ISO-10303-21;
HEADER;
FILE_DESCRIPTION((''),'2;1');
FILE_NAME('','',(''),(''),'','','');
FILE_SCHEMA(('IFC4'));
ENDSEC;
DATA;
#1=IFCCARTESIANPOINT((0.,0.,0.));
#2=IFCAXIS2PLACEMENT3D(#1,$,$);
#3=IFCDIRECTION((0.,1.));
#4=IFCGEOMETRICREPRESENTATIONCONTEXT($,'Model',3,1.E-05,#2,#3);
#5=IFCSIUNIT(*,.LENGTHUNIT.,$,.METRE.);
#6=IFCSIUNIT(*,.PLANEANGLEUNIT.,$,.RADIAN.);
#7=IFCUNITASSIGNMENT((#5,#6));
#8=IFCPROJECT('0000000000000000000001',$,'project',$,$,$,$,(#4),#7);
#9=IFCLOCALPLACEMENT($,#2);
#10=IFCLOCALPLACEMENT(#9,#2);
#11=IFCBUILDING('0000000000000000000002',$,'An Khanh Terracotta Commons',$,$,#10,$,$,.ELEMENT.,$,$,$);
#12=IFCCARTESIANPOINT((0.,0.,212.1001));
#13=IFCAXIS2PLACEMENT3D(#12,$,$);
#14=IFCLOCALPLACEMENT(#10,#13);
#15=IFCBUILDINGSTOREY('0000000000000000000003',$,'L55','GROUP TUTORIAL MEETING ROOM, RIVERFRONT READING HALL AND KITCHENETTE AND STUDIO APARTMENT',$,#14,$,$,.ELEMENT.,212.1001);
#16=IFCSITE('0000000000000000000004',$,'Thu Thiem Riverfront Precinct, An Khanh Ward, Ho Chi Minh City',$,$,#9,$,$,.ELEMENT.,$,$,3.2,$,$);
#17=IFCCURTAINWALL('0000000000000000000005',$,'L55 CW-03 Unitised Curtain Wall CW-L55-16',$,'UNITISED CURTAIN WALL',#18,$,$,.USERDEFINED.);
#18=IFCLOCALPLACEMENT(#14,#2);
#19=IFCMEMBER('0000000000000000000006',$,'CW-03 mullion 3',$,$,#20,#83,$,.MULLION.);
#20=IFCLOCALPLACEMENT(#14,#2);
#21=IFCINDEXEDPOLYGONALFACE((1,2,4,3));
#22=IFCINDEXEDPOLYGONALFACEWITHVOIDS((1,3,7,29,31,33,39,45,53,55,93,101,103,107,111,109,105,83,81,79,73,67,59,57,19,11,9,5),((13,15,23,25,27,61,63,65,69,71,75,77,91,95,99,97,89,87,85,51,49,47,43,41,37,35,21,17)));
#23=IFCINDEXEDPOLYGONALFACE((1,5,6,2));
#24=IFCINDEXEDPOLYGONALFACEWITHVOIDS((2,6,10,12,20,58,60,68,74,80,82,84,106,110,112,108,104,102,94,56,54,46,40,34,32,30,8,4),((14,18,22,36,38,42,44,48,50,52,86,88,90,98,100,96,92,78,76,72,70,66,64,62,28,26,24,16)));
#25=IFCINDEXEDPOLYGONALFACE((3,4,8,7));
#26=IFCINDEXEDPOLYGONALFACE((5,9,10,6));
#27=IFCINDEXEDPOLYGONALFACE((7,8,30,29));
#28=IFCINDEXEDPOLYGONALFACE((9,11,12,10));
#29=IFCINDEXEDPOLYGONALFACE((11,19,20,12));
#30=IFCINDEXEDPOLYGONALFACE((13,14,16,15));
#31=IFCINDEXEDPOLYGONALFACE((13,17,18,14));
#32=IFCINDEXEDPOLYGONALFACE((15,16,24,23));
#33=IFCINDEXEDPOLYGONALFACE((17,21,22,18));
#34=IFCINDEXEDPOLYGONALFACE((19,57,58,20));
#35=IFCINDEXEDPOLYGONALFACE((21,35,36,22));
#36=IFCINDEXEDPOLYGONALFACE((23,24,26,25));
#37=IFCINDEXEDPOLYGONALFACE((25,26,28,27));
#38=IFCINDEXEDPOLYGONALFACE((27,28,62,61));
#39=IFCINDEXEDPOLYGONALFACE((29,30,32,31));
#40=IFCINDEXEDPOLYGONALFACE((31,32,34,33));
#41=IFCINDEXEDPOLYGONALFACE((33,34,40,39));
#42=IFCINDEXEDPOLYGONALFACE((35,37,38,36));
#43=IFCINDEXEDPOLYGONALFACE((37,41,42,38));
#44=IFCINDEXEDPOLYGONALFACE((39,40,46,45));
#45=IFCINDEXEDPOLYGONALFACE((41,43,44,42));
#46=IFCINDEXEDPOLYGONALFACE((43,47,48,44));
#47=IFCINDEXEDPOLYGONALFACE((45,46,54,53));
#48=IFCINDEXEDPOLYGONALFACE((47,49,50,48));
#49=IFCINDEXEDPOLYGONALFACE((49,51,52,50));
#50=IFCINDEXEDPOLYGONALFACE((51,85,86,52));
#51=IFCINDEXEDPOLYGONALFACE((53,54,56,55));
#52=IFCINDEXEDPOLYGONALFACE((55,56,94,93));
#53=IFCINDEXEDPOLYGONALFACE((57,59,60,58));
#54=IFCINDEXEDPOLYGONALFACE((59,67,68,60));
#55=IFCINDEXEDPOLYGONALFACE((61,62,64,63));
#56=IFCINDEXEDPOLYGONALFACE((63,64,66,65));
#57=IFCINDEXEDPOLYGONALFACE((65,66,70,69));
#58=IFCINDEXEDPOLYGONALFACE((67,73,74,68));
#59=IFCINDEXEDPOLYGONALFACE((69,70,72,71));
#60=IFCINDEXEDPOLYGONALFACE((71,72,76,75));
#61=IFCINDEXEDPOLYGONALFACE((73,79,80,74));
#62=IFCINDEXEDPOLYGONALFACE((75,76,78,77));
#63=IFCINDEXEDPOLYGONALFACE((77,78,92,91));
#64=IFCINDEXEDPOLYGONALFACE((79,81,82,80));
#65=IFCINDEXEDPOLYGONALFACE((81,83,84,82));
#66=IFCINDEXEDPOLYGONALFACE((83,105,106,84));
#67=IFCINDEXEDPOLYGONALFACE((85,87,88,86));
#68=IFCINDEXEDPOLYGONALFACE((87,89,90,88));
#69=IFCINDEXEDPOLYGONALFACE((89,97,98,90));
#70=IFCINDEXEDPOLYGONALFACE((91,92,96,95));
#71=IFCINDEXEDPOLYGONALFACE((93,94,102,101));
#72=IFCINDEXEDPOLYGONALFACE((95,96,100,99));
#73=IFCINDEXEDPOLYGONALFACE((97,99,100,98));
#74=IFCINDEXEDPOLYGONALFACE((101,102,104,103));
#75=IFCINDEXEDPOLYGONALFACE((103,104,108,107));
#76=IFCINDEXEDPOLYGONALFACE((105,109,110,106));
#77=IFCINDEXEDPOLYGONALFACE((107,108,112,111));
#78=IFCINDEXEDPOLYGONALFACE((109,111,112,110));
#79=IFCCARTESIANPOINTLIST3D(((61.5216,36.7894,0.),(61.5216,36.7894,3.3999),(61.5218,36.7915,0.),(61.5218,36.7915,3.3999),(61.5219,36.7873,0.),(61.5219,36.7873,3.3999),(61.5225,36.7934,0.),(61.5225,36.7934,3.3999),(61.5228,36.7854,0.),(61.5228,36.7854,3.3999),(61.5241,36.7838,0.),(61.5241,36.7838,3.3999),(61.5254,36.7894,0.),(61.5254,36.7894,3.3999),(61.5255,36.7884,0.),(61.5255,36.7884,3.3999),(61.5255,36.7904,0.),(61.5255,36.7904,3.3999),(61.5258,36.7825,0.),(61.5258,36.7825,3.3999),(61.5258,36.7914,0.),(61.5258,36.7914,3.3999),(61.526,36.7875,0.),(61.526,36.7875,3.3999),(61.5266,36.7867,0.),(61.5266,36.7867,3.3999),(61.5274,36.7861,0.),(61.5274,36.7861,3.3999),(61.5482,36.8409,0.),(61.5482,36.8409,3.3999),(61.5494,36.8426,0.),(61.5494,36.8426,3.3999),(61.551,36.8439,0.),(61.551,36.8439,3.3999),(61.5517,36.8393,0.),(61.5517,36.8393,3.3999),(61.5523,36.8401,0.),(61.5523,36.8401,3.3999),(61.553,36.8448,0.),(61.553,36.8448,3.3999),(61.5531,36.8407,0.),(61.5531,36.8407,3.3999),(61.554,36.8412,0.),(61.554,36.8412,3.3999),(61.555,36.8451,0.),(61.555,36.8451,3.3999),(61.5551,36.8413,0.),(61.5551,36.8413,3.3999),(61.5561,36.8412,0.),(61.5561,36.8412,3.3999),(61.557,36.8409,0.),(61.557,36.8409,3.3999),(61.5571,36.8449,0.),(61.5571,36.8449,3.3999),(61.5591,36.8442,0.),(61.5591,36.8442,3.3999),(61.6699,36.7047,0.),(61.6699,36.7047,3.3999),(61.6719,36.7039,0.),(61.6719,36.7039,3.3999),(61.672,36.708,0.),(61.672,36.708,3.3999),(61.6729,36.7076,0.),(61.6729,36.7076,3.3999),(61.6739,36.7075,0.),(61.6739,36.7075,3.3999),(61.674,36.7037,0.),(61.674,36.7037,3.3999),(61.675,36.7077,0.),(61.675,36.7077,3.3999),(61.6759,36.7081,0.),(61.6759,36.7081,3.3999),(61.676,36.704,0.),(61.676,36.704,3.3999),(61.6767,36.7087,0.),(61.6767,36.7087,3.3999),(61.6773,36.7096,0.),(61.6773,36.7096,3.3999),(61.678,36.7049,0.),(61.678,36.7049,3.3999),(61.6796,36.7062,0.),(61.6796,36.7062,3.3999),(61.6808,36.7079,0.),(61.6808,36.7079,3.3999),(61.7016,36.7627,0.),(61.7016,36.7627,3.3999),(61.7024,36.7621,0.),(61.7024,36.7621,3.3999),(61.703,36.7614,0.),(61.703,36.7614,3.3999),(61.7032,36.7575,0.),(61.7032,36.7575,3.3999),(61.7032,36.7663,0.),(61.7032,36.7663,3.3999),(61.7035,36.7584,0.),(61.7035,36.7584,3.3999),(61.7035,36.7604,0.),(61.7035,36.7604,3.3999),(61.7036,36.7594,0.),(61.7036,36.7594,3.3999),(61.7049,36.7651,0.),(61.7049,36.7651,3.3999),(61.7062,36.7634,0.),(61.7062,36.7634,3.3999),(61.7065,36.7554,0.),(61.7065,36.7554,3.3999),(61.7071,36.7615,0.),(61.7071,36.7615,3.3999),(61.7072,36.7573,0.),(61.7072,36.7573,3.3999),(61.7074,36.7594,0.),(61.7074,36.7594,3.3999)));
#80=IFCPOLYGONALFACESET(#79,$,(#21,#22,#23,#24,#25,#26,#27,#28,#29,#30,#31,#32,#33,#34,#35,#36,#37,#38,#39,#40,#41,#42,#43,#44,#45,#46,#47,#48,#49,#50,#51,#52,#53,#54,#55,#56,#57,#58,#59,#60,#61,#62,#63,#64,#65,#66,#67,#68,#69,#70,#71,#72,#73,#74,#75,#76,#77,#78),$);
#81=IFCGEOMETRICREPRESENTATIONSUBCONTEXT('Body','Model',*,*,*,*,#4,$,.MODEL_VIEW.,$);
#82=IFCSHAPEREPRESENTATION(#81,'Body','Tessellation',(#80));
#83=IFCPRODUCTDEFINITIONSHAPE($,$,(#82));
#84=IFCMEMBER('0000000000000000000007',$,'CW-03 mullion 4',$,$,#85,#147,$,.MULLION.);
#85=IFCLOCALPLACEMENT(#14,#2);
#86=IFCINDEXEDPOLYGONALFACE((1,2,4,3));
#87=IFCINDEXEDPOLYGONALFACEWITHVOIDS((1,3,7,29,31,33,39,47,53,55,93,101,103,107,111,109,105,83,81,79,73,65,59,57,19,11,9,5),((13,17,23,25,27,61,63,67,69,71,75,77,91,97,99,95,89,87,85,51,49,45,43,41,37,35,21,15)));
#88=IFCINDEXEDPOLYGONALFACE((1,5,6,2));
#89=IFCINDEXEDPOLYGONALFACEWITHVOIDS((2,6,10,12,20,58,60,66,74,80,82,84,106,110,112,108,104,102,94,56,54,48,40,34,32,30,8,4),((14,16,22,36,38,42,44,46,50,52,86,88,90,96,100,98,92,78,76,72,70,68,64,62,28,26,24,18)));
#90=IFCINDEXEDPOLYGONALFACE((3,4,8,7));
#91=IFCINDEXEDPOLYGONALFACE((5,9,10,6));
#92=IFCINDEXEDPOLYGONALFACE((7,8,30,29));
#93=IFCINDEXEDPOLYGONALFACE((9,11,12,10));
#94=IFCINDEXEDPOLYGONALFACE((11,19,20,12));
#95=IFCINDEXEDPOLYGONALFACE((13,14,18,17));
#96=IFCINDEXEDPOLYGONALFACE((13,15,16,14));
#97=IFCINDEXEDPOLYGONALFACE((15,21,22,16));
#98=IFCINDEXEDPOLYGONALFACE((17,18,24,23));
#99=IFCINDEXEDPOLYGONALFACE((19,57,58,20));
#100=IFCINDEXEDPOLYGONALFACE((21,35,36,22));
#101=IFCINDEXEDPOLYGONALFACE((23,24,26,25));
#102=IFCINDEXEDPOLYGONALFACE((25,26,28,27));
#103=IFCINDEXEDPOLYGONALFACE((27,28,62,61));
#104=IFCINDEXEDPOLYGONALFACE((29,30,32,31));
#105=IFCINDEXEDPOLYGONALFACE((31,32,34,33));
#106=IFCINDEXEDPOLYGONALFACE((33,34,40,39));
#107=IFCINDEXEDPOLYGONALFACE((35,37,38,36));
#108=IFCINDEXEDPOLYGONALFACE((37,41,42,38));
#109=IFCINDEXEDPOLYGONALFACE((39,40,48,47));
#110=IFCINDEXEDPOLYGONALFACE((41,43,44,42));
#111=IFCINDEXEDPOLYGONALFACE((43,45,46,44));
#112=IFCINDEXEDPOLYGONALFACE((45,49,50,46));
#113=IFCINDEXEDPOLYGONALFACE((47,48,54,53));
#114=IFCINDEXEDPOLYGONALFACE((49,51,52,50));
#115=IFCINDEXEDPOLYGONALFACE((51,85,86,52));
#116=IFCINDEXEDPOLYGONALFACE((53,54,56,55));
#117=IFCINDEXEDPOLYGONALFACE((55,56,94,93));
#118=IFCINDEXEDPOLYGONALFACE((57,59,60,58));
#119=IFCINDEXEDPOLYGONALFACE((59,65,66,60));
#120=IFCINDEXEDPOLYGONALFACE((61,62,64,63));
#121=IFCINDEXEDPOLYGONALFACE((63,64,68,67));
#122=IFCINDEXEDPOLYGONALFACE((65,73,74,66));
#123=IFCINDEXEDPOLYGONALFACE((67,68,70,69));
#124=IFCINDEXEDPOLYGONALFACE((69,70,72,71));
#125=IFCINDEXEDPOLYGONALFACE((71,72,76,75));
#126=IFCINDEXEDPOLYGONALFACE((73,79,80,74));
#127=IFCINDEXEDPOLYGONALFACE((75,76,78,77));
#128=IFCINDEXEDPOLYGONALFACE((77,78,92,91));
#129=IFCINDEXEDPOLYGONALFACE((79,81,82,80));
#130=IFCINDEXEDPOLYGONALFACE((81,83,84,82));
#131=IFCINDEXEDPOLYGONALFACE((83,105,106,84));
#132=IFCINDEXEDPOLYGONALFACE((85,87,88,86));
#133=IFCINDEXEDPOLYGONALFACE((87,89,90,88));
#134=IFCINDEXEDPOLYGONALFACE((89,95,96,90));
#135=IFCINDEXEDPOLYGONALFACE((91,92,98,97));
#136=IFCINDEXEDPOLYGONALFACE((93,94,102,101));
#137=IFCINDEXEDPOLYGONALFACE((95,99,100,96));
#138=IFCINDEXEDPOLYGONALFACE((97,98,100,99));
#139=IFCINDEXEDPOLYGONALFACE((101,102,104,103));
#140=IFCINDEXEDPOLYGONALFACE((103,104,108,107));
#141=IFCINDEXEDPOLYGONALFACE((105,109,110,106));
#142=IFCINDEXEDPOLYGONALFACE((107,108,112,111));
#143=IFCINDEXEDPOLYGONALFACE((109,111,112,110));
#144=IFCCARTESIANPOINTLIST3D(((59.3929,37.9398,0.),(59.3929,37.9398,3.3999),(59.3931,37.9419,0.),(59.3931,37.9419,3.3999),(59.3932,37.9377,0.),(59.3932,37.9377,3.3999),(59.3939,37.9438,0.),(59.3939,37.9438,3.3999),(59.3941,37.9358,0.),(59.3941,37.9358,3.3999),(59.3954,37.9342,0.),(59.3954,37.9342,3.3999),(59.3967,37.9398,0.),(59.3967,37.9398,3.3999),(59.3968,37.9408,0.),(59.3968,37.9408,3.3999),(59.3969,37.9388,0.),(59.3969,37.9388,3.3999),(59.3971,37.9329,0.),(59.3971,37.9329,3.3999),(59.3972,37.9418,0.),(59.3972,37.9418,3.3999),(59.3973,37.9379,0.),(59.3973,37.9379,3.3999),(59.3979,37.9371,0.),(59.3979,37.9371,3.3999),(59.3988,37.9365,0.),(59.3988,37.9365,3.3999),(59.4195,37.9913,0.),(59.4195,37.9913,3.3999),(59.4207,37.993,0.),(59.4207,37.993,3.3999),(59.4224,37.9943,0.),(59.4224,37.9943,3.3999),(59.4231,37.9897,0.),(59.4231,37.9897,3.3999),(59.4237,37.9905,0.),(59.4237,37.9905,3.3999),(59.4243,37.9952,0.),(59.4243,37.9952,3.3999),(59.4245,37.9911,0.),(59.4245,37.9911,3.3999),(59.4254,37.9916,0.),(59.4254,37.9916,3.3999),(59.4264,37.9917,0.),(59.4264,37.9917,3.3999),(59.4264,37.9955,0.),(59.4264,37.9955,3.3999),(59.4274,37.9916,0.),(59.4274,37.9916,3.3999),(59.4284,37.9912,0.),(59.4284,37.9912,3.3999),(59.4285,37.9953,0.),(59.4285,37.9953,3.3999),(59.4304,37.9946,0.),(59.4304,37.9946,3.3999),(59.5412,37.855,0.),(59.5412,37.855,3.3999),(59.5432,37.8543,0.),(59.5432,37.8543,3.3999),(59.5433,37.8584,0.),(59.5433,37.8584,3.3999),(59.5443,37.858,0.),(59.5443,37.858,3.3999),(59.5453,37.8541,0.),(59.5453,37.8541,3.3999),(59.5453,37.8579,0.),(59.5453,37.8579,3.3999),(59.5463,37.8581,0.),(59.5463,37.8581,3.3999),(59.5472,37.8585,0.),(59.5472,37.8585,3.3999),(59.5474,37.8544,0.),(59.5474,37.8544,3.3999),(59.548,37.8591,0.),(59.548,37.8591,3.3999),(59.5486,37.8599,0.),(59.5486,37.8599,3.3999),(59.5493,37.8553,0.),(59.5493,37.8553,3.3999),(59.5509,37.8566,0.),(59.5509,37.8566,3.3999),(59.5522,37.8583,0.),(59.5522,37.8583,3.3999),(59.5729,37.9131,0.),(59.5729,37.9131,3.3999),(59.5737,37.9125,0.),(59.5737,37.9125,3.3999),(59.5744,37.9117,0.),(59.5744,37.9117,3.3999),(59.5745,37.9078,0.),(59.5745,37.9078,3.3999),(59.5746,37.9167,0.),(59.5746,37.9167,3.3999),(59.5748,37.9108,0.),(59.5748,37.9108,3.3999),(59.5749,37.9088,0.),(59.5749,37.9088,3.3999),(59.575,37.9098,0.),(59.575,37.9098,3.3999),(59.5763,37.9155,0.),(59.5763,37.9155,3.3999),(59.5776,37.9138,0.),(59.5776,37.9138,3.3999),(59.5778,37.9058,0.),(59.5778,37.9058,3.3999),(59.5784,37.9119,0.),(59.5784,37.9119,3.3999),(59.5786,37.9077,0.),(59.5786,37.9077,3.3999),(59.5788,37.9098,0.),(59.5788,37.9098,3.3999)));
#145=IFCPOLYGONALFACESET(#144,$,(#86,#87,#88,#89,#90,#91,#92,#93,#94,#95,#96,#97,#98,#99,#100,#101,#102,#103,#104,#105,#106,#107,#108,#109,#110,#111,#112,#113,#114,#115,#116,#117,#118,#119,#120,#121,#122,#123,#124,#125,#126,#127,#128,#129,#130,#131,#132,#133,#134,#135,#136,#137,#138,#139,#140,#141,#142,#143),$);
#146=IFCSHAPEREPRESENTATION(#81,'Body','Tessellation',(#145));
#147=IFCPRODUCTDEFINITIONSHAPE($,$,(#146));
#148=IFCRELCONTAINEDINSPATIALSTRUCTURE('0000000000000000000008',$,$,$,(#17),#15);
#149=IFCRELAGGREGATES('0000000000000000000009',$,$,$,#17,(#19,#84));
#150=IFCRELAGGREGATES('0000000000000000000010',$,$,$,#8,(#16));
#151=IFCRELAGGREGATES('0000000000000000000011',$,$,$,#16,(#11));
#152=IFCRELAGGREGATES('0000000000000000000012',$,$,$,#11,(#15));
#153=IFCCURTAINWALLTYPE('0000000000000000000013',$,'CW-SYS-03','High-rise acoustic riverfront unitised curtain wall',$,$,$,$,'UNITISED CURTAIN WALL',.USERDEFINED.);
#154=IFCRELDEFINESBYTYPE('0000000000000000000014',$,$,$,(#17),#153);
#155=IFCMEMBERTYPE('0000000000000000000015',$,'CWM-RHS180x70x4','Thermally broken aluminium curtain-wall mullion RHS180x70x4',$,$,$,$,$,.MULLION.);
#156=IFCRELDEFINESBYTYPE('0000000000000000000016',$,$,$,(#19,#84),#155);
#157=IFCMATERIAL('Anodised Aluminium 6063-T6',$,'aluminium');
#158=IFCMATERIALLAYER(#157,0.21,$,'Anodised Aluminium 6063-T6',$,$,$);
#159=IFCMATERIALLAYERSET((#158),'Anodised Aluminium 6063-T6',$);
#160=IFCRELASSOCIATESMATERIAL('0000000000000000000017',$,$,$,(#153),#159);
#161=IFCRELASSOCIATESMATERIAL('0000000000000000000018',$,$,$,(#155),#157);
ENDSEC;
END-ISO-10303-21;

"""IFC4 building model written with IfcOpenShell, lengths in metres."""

from ifc_helpers import new_model, si_unit, direction, frame, origin, origin_2d, place, context, subcontext, project, spatial, hollow_rectangle, extrude, material, layer, layer_set, material_profile, profile_set, type_object, element, aggregate, save


model = new_model("IFC4")

# Units and contexts
model_context = context("Model", 3, precision=1e-05, world=origin(), true_north=direction((0.0, 1.0)))
body_context = subcontext(model_context, "Body", "Model", "MODEL_VIEW")
ifc_project = project(units=[si_unit("LENGTHUNIT", "METRE"), si_unit("PLANEANGLEUNIT", "RADIAN")], contexts=[model_context])

# Site, building, storey
site_placement = place(None, origin())
site = spatial("IfcSite", under=ifc_project, at=site_placement, Name="Thu Thiem Riverfront Precinct, An Khanh Ward, Ho Chi Minh City", CompositionType="ELEMENT", RefElevation=3.2)
building_placement = place(site_placement, origin())
building = spatial("IfcBuilding", under=site, at=building_placement, Name="An Khanh Terracotta Commons", CompositionType="ELEMENT")
storey_placement = place(building_placement, frame((0.0, 0.0, 212.1001)))
storey = spatial("IfcBuildingStorey", under=building, at=storey_placement, Name="L55", Description="GROUP TUTORIAL MEETING ROOM, RIVERFRONT READING HALL AND KITCHENETTE AND STUDIO APARTMENT", CompositionType="ELEMENT", Elevation=212.1001)

# Curtain wall, members
ifc_material_1 = material(Name="Anodised Aluminium 6063-T6", Category="aluminium")
ifc_layer_1 = layer(ifc_material_1, 0.21, Name="Anodised Aluminium 6063-T6")
ifc_layer_set_1 = layer_set([ifc_layer_1], Name="Anodised Aluminium 6063-T6")
curtain_wall_type = type_object("IfcCurtainWallType", Name="CW-SYS-03", Description="High-rise acoustic riverfront unitised curtain wall", ElementType="UNITISED CURTAIN WALL", PredefinedType="USERDEFINED", material=ifc_layer_set_1)
curtain_wall_placement = place(storey_placement, origin())
curtain_wall = element("IfcCurtainWall", 1, at=curtain_wall_placement, inside=storey, type_object=curtain_wall_type, Name="L55 CW-03 Unitised Curtain Wall CW-L55-16", ObjectType="UNITISED CURTAIN WALL", PredefinedType="USERDEFINED")
ifc_material_profile_1 = material_profile(ifc_material_1, hollow_rectangle(XDim=0.0701, YDim=0.1799, WallThickness=0.0039, InnerFilletRadius=0.0039, OuterFilletRadius=0.0081, at=origin_2d()), Name="RHS180x70x4")
ifc_profile_set_1 = profile_set([ifc_material_profile_1], Name="Anodised Aluminium 6063-T6")
member_type_1 = type_object("IfcMemberType", Name="CWM-RHS180x70x4", Description="Thermally broken aluminium curtain-wall mullion RHS180x70x4", PredefinedType="MULLION", material=ifc_profile_set_1)
member_1_placement = place(storey_placement, frame((61.6145, 36.7744, 0.0), z_axis=(0.0, 0.0, 1.0), x_axis=(-0.475381, -0.87978, 0.0)))
member_1 = element("IfcMember", 2, at=member_1_placement, type_object=member_type_1, Name="CW-03 mullion 3", PredefinedType="MULLION", context=body_context, shape_type="SweptSolid", body=[
    extrude(hollow_rectangle(XDim=0.0701, YDim=0.1799, WallThickness=0.0039, InnerFilletRadius=0.0039, OuterFilletRadius=0.0081, at=origin_2d()), origin(), (0.0, 0.0, 1.0), 3.3999),
])
member_2_placement = place(storey_placement, frame((59.4858, 37.9248, 0.0), z_axis=(0.0, 0.0, 1.0), x_axis=(-0.475381, -0.87978, 0.0)))
member_2 = element("IfcMember", 3, at=member_2_placement, type_object=member_type_1, Name="CW-03 mullion 4", PredefinedType="MULLION", context=body_context, shape_type="SweptSolid", body=[
    extrude(hollow_rectangle(XDim=0.0701, YDim=0.1799, WallThickness=0.0039, InnerFilletRadius=0.0039, OuterFilletRadius=0.0081, at=origin_2d()), origin(), (0.0, 0.0, 1.0), 3.3999),
])
aggregate(curtain_wall, [member_1, member_2])

save(model, "model.ifc")
